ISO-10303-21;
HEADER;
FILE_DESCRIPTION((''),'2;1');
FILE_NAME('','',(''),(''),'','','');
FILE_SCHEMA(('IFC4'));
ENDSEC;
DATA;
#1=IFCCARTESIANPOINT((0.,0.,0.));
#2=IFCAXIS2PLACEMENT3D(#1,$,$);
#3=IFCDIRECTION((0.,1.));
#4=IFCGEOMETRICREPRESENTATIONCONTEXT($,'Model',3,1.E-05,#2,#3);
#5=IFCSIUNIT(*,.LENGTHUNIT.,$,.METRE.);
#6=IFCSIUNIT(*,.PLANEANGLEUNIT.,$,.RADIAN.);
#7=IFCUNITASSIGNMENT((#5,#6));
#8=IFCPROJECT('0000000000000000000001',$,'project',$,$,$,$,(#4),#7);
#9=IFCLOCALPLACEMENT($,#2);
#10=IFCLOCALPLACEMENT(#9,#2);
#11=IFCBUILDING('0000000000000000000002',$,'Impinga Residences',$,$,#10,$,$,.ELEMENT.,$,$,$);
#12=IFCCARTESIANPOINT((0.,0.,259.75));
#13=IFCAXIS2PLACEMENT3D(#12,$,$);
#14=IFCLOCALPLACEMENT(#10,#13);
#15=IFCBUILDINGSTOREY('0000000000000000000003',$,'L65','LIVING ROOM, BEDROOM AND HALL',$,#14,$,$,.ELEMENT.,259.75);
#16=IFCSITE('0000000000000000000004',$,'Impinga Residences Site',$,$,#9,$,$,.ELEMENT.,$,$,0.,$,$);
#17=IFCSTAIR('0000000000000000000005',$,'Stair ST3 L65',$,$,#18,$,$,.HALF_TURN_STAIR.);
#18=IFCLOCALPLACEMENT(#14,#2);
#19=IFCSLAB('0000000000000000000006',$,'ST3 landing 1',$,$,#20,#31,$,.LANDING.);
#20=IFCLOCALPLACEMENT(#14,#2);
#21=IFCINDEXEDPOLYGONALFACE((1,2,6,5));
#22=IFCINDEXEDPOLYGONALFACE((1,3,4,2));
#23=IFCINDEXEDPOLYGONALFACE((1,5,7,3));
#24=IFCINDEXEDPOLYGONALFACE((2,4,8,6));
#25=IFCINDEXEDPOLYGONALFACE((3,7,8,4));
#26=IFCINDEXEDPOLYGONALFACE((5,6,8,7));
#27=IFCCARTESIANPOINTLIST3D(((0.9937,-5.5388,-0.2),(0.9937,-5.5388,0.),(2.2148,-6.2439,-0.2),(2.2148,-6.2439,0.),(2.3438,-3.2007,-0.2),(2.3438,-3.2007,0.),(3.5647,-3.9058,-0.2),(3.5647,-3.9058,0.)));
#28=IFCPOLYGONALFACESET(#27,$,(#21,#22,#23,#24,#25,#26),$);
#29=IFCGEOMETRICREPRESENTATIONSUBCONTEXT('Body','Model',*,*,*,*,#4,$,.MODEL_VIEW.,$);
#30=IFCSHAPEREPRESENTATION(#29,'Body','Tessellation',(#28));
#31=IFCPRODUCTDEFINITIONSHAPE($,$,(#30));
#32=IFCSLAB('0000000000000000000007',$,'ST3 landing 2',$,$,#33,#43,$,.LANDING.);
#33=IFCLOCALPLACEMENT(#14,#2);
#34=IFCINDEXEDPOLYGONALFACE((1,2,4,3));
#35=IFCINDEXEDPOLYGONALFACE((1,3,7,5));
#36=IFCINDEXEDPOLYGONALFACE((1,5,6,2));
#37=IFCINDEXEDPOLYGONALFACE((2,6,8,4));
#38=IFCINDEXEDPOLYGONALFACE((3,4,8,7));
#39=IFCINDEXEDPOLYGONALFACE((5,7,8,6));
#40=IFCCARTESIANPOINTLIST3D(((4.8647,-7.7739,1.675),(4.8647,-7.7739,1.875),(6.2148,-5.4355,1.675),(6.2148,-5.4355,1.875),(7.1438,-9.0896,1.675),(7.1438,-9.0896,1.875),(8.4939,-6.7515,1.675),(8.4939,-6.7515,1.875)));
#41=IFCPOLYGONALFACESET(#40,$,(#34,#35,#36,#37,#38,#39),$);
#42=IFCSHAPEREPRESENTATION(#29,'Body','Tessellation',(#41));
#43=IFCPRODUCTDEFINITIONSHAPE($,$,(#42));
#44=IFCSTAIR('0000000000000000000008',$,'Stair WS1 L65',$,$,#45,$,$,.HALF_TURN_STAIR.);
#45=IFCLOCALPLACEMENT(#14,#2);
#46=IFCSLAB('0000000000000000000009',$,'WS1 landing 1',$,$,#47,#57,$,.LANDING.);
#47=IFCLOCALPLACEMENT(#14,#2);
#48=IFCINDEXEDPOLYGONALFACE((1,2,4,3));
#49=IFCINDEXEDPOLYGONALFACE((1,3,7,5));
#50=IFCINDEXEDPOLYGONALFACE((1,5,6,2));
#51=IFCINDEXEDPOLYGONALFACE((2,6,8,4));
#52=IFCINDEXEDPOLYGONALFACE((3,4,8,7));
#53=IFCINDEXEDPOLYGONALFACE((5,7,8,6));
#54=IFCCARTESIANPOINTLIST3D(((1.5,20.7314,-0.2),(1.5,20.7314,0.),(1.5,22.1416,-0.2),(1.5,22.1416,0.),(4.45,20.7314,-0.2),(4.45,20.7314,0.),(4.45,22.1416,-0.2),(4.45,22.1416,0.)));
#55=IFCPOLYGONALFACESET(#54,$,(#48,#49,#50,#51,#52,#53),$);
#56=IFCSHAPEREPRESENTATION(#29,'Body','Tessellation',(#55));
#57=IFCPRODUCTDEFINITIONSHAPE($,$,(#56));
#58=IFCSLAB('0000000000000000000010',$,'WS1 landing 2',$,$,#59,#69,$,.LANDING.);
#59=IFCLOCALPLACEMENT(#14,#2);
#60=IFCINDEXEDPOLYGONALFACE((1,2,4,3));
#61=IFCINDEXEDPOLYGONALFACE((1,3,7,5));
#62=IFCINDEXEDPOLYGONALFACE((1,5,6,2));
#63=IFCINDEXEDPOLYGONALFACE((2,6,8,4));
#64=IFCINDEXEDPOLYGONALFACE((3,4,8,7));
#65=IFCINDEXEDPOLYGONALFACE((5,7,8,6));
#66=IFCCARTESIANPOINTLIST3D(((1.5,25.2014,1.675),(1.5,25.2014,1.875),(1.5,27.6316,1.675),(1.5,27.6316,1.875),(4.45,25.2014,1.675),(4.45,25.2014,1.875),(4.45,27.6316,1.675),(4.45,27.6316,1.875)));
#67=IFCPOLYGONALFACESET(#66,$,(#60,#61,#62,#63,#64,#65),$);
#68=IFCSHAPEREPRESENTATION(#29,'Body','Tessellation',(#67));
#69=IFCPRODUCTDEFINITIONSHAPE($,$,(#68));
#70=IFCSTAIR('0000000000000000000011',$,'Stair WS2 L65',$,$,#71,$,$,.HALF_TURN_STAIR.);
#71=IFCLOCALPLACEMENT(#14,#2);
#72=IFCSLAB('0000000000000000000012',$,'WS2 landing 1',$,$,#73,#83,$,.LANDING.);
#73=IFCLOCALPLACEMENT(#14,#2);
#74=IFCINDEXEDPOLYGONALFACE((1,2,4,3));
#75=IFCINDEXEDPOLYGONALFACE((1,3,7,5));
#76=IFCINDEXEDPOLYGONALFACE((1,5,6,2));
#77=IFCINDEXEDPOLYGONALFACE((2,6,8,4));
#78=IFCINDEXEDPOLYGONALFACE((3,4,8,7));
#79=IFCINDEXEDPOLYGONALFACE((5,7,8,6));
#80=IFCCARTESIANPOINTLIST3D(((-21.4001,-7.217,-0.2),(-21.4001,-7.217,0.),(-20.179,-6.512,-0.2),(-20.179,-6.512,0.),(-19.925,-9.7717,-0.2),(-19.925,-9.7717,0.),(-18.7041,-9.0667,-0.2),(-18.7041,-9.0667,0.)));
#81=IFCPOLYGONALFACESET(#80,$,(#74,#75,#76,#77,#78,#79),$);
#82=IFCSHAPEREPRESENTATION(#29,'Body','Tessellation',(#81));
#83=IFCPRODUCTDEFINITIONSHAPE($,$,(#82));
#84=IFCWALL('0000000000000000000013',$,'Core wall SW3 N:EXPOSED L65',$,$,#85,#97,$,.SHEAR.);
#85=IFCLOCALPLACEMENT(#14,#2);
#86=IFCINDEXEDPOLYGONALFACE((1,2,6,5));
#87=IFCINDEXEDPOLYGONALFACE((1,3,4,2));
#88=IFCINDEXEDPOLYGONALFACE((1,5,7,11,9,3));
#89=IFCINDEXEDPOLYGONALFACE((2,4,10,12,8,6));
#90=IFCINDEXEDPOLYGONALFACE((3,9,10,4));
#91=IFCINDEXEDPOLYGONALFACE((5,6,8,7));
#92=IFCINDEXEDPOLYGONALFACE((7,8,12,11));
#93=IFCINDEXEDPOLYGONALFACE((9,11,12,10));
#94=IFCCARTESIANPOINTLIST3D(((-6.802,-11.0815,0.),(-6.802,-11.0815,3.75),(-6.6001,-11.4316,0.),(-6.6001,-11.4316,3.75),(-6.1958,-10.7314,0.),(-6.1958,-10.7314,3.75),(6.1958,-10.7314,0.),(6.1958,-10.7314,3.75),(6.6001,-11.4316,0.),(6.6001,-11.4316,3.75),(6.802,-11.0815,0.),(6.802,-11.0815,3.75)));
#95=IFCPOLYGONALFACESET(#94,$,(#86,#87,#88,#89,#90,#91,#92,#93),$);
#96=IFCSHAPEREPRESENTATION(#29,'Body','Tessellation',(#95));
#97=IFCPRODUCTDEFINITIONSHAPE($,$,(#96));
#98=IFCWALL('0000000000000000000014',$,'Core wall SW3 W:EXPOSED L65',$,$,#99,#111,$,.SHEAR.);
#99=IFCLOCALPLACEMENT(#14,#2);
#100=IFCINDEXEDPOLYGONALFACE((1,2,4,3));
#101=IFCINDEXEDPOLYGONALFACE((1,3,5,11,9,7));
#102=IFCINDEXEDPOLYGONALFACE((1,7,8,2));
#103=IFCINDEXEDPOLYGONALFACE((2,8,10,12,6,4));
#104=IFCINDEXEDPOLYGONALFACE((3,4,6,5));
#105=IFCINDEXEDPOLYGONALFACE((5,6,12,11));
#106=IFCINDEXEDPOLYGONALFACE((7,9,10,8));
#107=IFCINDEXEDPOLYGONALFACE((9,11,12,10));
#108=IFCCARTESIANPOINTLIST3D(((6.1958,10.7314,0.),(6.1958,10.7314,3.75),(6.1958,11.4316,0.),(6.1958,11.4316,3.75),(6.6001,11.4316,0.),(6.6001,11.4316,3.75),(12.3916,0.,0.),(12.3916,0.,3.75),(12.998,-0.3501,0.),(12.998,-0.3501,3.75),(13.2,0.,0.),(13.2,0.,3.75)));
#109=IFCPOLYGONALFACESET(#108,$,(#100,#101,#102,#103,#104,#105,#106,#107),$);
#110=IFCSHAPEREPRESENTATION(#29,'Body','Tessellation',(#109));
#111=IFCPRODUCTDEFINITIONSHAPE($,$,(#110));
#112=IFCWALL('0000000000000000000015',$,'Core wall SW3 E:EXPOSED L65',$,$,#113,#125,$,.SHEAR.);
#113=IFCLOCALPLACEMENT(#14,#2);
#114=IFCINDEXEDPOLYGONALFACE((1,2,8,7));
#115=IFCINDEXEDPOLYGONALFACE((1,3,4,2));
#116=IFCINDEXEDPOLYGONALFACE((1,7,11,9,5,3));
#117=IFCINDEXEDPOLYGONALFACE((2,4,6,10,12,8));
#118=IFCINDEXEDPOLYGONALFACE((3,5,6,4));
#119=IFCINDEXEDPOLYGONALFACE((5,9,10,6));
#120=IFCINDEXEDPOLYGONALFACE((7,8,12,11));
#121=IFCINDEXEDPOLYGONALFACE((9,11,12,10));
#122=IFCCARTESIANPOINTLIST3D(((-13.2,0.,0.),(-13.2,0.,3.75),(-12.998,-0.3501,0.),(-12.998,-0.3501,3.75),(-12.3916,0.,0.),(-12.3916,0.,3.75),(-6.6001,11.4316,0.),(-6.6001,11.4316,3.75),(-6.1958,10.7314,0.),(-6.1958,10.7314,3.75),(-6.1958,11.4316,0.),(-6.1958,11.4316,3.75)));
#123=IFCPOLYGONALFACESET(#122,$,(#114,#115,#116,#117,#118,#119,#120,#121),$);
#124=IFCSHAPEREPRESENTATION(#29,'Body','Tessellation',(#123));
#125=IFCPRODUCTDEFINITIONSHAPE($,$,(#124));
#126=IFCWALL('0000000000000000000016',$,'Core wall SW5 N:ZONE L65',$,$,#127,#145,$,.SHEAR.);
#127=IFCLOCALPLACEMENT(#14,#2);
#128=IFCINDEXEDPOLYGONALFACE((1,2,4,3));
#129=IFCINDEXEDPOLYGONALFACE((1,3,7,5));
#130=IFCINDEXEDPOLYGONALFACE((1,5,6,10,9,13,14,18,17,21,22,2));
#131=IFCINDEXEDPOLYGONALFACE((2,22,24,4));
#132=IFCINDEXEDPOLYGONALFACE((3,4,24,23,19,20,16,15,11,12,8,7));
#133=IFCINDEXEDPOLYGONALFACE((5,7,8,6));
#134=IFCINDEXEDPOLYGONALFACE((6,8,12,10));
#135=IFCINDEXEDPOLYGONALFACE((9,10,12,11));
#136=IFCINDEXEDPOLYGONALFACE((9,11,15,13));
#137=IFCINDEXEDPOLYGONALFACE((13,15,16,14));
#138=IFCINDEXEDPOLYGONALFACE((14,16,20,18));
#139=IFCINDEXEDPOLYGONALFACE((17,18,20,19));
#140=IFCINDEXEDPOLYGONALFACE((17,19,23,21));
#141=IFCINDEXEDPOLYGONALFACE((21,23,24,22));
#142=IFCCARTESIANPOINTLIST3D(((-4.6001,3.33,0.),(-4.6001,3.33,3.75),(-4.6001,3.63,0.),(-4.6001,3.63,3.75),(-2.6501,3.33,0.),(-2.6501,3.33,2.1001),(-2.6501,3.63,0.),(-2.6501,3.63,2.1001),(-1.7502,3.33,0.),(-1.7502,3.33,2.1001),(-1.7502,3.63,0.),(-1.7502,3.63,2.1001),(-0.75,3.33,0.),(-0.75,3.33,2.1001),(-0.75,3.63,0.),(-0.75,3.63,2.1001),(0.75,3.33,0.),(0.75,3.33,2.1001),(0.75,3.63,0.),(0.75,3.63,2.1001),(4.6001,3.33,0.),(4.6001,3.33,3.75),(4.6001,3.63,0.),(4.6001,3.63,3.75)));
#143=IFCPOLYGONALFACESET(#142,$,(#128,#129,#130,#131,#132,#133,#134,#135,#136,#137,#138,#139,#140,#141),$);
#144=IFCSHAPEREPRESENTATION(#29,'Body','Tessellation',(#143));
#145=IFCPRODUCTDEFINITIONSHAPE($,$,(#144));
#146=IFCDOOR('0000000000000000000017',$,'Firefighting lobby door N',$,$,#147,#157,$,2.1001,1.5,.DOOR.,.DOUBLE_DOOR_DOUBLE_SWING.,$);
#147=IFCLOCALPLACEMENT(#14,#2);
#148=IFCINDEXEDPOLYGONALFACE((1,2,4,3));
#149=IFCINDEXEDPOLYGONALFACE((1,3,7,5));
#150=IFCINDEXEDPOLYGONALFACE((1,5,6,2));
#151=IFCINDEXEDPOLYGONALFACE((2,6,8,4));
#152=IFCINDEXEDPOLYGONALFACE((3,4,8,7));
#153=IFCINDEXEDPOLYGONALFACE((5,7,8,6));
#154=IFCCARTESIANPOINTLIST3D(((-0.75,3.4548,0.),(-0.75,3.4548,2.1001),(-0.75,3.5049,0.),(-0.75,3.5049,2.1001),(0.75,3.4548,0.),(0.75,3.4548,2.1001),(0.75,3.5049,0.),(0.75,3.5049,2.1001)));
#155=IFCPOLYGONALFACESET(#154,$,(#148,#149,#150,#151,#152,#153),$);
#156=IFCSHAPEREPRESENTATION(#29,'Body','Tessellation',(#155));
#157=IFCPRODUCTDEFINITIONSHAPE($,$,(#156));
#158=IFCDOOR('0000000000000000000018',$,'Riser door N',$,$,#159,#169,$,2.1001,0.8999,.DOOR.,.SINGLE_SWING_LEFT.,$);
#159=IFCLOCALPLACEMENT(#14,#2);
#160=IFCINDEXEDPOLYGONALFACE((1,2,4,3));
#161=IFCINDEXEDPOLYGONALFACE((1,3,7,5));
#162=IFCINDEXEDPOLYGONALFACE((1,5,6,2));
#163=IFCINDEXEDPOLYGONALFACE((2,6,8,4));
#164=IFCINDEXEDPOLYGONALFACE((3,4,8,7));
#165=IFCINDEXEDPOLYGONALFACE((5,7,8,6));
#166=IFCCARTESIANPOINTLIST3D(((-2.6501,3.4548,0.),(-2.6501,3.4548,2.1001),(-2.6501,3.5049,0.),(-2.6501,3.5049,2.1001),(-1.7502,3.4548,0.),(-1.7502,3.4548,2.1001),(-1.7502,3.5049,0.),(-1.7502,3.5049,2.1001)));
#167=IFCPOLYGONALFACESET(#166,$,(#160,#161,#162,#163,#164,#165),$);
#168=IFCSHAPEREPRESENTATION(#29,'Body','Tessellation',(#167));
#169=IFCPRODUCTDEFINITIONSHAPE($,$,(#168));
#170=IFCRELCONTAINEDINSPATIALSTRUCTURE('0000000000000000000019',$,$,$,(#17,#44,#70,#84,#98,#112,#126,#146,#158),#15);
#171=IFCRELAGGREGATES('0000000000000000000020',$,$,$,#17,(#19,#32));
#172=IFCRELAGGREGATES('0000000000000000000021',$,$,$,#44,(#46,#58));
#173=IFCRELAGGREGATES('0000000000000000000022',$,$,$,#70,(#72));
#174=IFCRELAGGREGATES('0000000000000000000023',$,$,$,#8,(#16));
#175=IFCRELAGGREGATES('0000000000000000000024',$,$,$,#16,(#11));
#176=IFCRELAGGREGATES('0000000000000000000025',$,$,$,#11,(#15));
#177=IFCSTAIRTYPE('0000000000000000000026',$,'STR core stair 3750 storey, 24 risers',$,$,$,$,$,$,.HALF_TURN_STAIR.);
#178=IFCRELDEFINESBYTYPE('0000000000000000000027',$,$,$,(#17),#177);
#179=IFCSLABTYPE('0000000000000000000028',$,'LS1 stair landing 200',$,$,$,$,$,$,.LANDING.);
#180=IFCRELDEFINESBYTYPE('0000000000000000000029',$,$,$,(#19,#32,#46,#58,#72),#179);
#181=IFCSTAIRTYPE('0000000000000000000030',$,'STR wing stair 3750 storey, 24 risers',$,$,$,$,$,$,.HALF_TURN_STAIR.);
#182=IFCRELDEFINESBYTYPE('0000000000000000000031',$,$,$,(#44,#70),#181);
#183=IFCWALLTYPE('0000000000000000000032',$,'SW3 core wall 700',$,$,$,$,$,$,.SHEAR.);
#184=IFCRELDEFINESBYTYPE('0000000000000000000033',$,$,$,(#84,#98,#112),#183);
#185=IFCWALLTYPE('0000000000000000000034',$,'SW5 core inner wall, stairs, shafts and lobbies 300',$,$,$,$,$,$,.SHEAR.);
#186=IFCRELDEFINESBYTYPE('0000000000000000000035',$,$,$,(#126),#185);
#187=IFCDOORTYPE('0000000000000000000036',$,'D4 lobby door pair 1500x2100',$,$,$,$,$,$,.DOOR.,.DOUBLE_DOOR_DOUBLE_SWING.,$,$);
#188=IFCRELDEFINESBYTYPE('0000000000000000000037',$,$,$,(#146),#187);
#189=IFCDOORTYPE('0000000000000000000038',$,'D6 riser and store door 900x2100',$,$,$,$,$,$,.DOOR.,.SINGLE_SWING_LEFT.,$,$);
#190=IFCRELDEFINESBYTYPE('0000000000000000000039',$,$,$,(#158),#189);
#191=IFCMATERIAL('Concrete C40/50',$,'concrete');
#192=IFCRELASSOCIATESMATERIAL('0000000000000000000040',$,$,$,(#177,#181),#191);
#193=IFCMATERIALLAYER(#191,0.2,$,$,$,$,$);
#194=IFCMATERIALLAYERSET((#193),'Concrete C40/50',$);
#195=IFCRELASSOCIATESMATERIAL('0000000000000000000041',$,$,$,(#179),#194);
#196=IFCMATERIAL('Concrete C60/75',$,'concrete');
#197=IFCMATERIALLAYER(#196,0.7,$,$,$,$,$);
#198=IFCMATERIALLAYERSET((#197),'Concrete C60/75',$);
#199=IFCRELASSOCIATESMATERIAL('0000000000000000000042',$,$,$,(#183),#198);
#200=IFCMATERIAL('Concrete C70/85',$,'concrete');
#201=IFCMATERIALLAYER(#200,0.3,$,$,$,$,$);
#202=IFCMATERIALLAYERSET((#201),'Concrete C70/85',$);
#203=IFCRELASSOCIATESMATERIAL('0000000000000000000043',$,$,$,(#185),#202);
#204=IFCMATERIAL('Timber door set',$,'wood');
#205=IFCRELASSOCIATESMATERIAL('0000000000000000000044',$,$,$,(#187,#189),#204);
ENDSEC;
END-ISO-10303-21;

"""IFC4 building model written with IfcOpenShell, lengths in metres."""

from ifc_helpers import new_model, si_unit, direction, frame, frame_2d, origin, place, context, subcontext, project, spatial, polyline, rectangle, outline, extrude, material, layer, layer_set, type_object, element, fill, aggregate, save


model = new_model("IFC4")

# Units and contexts
model_context = context("Model", 3, precision=1e-05, world=origin(), true_north=direction((0.0, 1.0)))
body_context = subcontext(model_context, "Body", "Model", "MODEL_VIEW")
ifc_project = project(units=[si_unit("LENGTHUNIT", "METRE"), si_unit("PLANEANGLEUNIT", "RADIAN")], contexts=[model_context])

# Site, building, storey
site_placement = place(None, origin())
site = spatial("IfcSite", under=ifc_project, at=site_placement, Name="Impinga Residences Site", CompositionType="ELEMENT", RefElevation=0.0)
building_placement = place(site_placement, origin())
building = spatial("IfcBuilding", under=site, at=building_placement, Name="Impinga Residences", CompositionType="ELEMENT")
storey_placement = place(building_placement, frame((0.0, 0.0, 259.75)))
storey = spatial("IfcBuildingStorey", under=building, at=storey_placement, Name="L65", Description="LIVING ROOM, BEDROOM AND HALL", CompositionType="ELEMENT", Elevation=259.75)

# Shared definitions
ifc_material_1 = material(Name="Concrete C60/75", Category="concrete")

# Stairs, slabs
ifc_material_2 = material(Name="Concrete C40/50", Category="concrete")
stair_type_1 = type_object("IfcStairType", Name="STR core stair 3750 storey, 24 risers", PredefinedType="HALF_TURN_STAIR", material=ifc_material_2)
ifc_layer_1 = layer(ifc_material_2, 0.2)
ifc_layer_set_1 = layer_set([ifc_layer_1], Name="Concrete C40/50")
slab_type_1 = type_object("IfcSlabType", Name="LS1 stair landing 200", PredefinedType="LANDING", material=ifc_layer_set_1)
stair_1_placement = place(storey_placement, origin())
stair_1 = element("IfcStair", 1, at=stair_1_placement, inside=storey, type_object=stair_type_1, Name="Stair ST3 L65", PredefinedType="HALF_TURN_STAIR")
slab_1_placement = place(storey_placement, frame((0.0, 0.0, -0.2)))
slab_1 = element("IfcSlab", 2, at=slab_1_placement, type_object=slab_type_1, Name="ST3 landing 1", PredefinedType="LANDING", context=body_context, shape_type="SweptSolid", body=[
    extrude(outline(polyline([(2.3438, -3.2007), (0.9937, -5.5388), (2.2148, -6.2439), (3.5647, -3.9058), (2.3438, -3.2007)])), origin(), (0.0, 0.0, 1.0), 0.2),
])
slab_2_placement = place(storey_placement, frame((0.0, 0.0, 1.675)))
slab_2 = element("IfcSlab", 3, at=slab_2_placement, type_object=slab_type_1, Name="ST3 landing 2", PredefinedType="LANDING", context=body_context, shape_type="SweptSolid", body=[
    extrude(outline(polyline([(6.2148, -5.4355), (4.8647, -7.7739), (7.1438, -9.0896), (8.4939, -6.7515), (6.2148, -5.4355)])), origin(), (0.0, 0.0, 1.0), 0.2),
])
aggregate(stair_1, [slab_1, slab_2])
stair_type_2 = type_object("IfcStairType", Name="STR wing stair 3750 storey, 24 risers", PredefinedType="HALF_TURN_STAIR", material=ifc_material_2)
stair_2_placement = place(storey_placement, origin())
stair_2 = element("IfcStair", 4, at=stair_2_placement, inside=storey, type_object=stair_type_2, Name="Stair WS1 L65", PredefinedType="HALF_TURN_STAIR")
slab_3_placement = place(storey_placement, frame((0.0, 0.0, -0.2)))
slab_3 = element("IfcSlab", 5, at=slab_3_placement, type_object=slab_type_1, Name="WS1 landing 1", PredefinedType="LANDING", context=body_context, shape_type="SweptSolid", body=[
    extrude(outline(polyline([(1.5, 20.7314), (4.45, 20.7314), (4.45, 22.1416), (1.5, 22.1416), (1.5, 20.7314)])), origin(), (0.0, 0.0, 1.0), 0.2),
])
slab_4_placement = place(storey_placement, frame((0.0, 0.0, 1.675)))
slab_4 = element("IfcSlab", 6, at=slab_4_placement, type_object=slab_type_1, Name="WS1 landing 2", PredefinedType="LANDING", context=body_context, shape_type="SweptSolid", body=[
    extrude(outline(polyline([(1.5, 25.2014), (4.45, 25.2014), (4.45, 27.6316), (1.5, 27.6316), (1.5, 25.2014)])), origin(), (0.0, 0.0, 1.0), 0.2),
])
aggregate(stair_2, [slab_3, slab_4])

# Stair, slab
stair_3_placement = place(storey_placement, origin())
stair_3 = element("IfcStair", 7, at=stair_3_placement, inside=storey, type_object=stair_type_2, Name="Stair WS2 L65", PredefinedType="HALF_TURN_STAIR")
slab_5_placement = place(storey_placement, frame((0.0, 0.0, -0.2)))
slab_5 = element("IfcSlab", 8, at=slab_5_placement, type_object=slab_type_1, Name="WS2 landing 1", PredefinedType="LANDING", context=body_context, shape_type="SweptSolid", body=[
    extrude(outline(polyline([(-18.7041, -9.0667), (-20.179, -6.512), (-21.4001, -7.217), (-19.925, -9.7717), (-18.7041, -9.0667)])), origin(), (0.0, 0.0, 1.0), 0.2),
])
aggregate(stair_3, [slab_5])

# Walls
ifc_layer_2 = layer(ifc_material_1, 0.7)
ifc_layer_set_2 = layer_set([ifc_layer_2], Name="Concrete C60/75")
wall_type_1 = type_object("IfcWallType", Name="SW3 core wall 700", PredefinedType="SHEAR", material=ifc_layer_set_2)
wall_1_placement = place(storey_placement, origin())
element("IfcWall", 9, at=wall_1_placement, inside=storey, type_object=wall_type_1, Name="Core wall SW3 N:EXPOSED L65", PredefinedType="SHEAR", context=body_context, shape_type="SweptSolid", body=[
    extrude(outline(polyline([(-6.6001, -11.4316), (6.6001, -11.4316), (6.802, -11.0815), (6.1958, -10.7314), (-6.1958, -10.7314), (-6.802, -11.0815), (-6.6001, -11.4316)])), origin(), (0.0, 0.0, 1.0), 3.75),
])
wall_2_placement = place(storey_placement, origin())
element("IfcWall", 10, at=wall_2_placement, inside=storey, type_object=wall_type_1, Name="Core wall SW3 W:EXPOSED L65", PredefinedType="SHEAR", context=body_context, shape_type="SweptSolid", body=[
    extrude(outline(polyline([(13.2, 0.0), (6.6001, 11.4316), (6.1958, 11.4316), (6.1958, 10.7314), (12.3916, 0.0), (12.998, -0.3501), (13.2, 0.0)])), origin(), (0.0, 0.0, 1.0), 3.75),
])
wall_3_placement = place(storey_placement, origin())
element("IfcWall", 11, at=wall_3_placement, inside=storey, type_object=wall_type_1, Name="Core wall SW3 E:EXPOSED L65", PredefinedType="SHEAR", context=body_context, shape_type="SweptSolid", body=[
    extrude(outline(polyline([(-6.6001, 11.4316), (-13.2, 0.0), (-12.998, -0.3501), (-12.3916, 0.0), (-6.1958, 10.7314), (-6.1958, 11.4316), (-6.6001, 11.4316)])), origin(), (0.0, 0.0, 1.0), 3.75),
])

# Wall, openings, doors
ifc_material_3 = material(Name="Concrete C70/85", Category="concrete")
ifc_layer_3 = layer(ifc_material_3, 0.3)
ifc_layer_set_3 = layer_set([ifc_layer_3], Name="Concrete C70/85")
wall_type_2 = type_object("IfcWallType", Name="SW5 core inner wall, stairs, shafts and lobbies 300", PredefinedType="SHEAR", material=ifc_layer_set_3)
wall_4_placement = place(storey_placement, frame((-4.6001, 3.48, 0.0), z_axis=(0.0, 0.0, 1.0), x_axis=(1.0, 0.0, 0.0)))
wall_4 = element("IfcWall", 12, at=wall_4_placement, inside=storey, type_object=wall_type_2, Name="Core wall SW5 N:ZONE L65", PredefinedType="SHEAR", context=body_context, shape_type="SweptSolid", body=[
    extrude(rectangle(XDim=9.2002, YDim=0.3, at=frame_2d((4.6001, 0.0))), origin(), (0.0, 0.0, 1.0), 3.75),
])
opening_1_placement = place(wall_4_placement, frame((3.8501, 0.0, 0.0)))
opening_1 = element("IfcOpeningElement", 13, at=opening_1_placement, cuts=wall_4, PredefinedType="OPENING", context=body_context, shape_type="SweptSolid", body=[
    extrude(rectangle(XDim=1.5, YDim=2.1001, at=frame_2d((0.75, 1.05))), frame((0.0, 0.1599, 0.0), z_axis=(0.0, -1.0, 0.0), x_axis=(1.0, 0.0, 0.0)), (0.0, 0.0, 1.0), 0.3201),
])
opening_2_placement = place(wall_4_placement, frame((1.95, 0.0, 0.0)))
opening_2 = element("IfcOpeningElement", 14, at=opening_2_placement, cuts=wall_4, PredefinedType="OPENING", context=body_context, shape_type="SweptSolid", body=[
    extrude(rectangle(XDim=0.8999, YDim=2.1001, at=frame_2d((0.45, 1.05))), frame((0.0, 0.1599, 0.0), z_axis=(0.0, -1.0, 0.0), x_axis=(1.0, 0.0, 0.0)), (0.0, 0.0, 1.0), 0.3201),
])
ifc_material_4 = material(Name="Timber door set", Category="wood")
door_type_1 = type_object("IfcDoorType", Name="D4 lobby door pair 1500x2100", OperationType="DOUBLE_DOOR_DOUBLE_SWING", PredefinedType="DOOR", material=ifc_material_4)
door_1_placement = place(opening_1_placement, origin())
door_1 = element("IfcDoor", 15, at=door_1_placement, inside=storey, type_object=door_type_1, Name="Firefighting lobby door N", OperationType="DOUBLE_DOOR_DOUBLE_SWING", OverallHeight=2.1001, OverallWidth=1.5, PredefinedType="DOOR", context=body_context, shape_type="SweptSolid", body=[
    extrude(rectangle(XDim=1.5, YDim=2.1001, at=frame_2d((0.75, 1.05))), frame((0.0, 0.0249, 0.0), z_axis=(0.0, -1.0, 0.0), x_axis=(1.0, 0.0, 0.0)), (0.0, 0.0, 1.0), 0.05),
])
fill(opening_1, door_1)
door_type_2 = type_object("IfcDoorType", Name="D6 riser and store door 900x2100", OperationType="SINGLE_SWING_LEFT", PredefinedType="DOOR", material=ifc_material_4)
door_2_placement = place(opening_2_placement, origin())
door_2 = element("IfcDoor", 16, at=door_2_placement, inside=storey, type_object=door_type_2, Name="Riser door N", OperationType="SINGLE_SWING_LEFT", OverallHeight=2.1001, OverallWidth=0.8999, PredefinedType="DOOR", context=body_context, shape_type="SweptSolid", body=[
    extrude(rectangle(XDim=0.8999, YDim=2.1001, at=frame_2d((0.45, 1.05))), frame((0.0, 0.0249, 0.0), z_axis=(0.0, -1.0, 0.0), x_axis=(1.0, 0.0, 0.0)), (0.0, 0.0, 1.0), 0.05),
])
fill(opening_2, door_2)

save(model, "model.ifc")
